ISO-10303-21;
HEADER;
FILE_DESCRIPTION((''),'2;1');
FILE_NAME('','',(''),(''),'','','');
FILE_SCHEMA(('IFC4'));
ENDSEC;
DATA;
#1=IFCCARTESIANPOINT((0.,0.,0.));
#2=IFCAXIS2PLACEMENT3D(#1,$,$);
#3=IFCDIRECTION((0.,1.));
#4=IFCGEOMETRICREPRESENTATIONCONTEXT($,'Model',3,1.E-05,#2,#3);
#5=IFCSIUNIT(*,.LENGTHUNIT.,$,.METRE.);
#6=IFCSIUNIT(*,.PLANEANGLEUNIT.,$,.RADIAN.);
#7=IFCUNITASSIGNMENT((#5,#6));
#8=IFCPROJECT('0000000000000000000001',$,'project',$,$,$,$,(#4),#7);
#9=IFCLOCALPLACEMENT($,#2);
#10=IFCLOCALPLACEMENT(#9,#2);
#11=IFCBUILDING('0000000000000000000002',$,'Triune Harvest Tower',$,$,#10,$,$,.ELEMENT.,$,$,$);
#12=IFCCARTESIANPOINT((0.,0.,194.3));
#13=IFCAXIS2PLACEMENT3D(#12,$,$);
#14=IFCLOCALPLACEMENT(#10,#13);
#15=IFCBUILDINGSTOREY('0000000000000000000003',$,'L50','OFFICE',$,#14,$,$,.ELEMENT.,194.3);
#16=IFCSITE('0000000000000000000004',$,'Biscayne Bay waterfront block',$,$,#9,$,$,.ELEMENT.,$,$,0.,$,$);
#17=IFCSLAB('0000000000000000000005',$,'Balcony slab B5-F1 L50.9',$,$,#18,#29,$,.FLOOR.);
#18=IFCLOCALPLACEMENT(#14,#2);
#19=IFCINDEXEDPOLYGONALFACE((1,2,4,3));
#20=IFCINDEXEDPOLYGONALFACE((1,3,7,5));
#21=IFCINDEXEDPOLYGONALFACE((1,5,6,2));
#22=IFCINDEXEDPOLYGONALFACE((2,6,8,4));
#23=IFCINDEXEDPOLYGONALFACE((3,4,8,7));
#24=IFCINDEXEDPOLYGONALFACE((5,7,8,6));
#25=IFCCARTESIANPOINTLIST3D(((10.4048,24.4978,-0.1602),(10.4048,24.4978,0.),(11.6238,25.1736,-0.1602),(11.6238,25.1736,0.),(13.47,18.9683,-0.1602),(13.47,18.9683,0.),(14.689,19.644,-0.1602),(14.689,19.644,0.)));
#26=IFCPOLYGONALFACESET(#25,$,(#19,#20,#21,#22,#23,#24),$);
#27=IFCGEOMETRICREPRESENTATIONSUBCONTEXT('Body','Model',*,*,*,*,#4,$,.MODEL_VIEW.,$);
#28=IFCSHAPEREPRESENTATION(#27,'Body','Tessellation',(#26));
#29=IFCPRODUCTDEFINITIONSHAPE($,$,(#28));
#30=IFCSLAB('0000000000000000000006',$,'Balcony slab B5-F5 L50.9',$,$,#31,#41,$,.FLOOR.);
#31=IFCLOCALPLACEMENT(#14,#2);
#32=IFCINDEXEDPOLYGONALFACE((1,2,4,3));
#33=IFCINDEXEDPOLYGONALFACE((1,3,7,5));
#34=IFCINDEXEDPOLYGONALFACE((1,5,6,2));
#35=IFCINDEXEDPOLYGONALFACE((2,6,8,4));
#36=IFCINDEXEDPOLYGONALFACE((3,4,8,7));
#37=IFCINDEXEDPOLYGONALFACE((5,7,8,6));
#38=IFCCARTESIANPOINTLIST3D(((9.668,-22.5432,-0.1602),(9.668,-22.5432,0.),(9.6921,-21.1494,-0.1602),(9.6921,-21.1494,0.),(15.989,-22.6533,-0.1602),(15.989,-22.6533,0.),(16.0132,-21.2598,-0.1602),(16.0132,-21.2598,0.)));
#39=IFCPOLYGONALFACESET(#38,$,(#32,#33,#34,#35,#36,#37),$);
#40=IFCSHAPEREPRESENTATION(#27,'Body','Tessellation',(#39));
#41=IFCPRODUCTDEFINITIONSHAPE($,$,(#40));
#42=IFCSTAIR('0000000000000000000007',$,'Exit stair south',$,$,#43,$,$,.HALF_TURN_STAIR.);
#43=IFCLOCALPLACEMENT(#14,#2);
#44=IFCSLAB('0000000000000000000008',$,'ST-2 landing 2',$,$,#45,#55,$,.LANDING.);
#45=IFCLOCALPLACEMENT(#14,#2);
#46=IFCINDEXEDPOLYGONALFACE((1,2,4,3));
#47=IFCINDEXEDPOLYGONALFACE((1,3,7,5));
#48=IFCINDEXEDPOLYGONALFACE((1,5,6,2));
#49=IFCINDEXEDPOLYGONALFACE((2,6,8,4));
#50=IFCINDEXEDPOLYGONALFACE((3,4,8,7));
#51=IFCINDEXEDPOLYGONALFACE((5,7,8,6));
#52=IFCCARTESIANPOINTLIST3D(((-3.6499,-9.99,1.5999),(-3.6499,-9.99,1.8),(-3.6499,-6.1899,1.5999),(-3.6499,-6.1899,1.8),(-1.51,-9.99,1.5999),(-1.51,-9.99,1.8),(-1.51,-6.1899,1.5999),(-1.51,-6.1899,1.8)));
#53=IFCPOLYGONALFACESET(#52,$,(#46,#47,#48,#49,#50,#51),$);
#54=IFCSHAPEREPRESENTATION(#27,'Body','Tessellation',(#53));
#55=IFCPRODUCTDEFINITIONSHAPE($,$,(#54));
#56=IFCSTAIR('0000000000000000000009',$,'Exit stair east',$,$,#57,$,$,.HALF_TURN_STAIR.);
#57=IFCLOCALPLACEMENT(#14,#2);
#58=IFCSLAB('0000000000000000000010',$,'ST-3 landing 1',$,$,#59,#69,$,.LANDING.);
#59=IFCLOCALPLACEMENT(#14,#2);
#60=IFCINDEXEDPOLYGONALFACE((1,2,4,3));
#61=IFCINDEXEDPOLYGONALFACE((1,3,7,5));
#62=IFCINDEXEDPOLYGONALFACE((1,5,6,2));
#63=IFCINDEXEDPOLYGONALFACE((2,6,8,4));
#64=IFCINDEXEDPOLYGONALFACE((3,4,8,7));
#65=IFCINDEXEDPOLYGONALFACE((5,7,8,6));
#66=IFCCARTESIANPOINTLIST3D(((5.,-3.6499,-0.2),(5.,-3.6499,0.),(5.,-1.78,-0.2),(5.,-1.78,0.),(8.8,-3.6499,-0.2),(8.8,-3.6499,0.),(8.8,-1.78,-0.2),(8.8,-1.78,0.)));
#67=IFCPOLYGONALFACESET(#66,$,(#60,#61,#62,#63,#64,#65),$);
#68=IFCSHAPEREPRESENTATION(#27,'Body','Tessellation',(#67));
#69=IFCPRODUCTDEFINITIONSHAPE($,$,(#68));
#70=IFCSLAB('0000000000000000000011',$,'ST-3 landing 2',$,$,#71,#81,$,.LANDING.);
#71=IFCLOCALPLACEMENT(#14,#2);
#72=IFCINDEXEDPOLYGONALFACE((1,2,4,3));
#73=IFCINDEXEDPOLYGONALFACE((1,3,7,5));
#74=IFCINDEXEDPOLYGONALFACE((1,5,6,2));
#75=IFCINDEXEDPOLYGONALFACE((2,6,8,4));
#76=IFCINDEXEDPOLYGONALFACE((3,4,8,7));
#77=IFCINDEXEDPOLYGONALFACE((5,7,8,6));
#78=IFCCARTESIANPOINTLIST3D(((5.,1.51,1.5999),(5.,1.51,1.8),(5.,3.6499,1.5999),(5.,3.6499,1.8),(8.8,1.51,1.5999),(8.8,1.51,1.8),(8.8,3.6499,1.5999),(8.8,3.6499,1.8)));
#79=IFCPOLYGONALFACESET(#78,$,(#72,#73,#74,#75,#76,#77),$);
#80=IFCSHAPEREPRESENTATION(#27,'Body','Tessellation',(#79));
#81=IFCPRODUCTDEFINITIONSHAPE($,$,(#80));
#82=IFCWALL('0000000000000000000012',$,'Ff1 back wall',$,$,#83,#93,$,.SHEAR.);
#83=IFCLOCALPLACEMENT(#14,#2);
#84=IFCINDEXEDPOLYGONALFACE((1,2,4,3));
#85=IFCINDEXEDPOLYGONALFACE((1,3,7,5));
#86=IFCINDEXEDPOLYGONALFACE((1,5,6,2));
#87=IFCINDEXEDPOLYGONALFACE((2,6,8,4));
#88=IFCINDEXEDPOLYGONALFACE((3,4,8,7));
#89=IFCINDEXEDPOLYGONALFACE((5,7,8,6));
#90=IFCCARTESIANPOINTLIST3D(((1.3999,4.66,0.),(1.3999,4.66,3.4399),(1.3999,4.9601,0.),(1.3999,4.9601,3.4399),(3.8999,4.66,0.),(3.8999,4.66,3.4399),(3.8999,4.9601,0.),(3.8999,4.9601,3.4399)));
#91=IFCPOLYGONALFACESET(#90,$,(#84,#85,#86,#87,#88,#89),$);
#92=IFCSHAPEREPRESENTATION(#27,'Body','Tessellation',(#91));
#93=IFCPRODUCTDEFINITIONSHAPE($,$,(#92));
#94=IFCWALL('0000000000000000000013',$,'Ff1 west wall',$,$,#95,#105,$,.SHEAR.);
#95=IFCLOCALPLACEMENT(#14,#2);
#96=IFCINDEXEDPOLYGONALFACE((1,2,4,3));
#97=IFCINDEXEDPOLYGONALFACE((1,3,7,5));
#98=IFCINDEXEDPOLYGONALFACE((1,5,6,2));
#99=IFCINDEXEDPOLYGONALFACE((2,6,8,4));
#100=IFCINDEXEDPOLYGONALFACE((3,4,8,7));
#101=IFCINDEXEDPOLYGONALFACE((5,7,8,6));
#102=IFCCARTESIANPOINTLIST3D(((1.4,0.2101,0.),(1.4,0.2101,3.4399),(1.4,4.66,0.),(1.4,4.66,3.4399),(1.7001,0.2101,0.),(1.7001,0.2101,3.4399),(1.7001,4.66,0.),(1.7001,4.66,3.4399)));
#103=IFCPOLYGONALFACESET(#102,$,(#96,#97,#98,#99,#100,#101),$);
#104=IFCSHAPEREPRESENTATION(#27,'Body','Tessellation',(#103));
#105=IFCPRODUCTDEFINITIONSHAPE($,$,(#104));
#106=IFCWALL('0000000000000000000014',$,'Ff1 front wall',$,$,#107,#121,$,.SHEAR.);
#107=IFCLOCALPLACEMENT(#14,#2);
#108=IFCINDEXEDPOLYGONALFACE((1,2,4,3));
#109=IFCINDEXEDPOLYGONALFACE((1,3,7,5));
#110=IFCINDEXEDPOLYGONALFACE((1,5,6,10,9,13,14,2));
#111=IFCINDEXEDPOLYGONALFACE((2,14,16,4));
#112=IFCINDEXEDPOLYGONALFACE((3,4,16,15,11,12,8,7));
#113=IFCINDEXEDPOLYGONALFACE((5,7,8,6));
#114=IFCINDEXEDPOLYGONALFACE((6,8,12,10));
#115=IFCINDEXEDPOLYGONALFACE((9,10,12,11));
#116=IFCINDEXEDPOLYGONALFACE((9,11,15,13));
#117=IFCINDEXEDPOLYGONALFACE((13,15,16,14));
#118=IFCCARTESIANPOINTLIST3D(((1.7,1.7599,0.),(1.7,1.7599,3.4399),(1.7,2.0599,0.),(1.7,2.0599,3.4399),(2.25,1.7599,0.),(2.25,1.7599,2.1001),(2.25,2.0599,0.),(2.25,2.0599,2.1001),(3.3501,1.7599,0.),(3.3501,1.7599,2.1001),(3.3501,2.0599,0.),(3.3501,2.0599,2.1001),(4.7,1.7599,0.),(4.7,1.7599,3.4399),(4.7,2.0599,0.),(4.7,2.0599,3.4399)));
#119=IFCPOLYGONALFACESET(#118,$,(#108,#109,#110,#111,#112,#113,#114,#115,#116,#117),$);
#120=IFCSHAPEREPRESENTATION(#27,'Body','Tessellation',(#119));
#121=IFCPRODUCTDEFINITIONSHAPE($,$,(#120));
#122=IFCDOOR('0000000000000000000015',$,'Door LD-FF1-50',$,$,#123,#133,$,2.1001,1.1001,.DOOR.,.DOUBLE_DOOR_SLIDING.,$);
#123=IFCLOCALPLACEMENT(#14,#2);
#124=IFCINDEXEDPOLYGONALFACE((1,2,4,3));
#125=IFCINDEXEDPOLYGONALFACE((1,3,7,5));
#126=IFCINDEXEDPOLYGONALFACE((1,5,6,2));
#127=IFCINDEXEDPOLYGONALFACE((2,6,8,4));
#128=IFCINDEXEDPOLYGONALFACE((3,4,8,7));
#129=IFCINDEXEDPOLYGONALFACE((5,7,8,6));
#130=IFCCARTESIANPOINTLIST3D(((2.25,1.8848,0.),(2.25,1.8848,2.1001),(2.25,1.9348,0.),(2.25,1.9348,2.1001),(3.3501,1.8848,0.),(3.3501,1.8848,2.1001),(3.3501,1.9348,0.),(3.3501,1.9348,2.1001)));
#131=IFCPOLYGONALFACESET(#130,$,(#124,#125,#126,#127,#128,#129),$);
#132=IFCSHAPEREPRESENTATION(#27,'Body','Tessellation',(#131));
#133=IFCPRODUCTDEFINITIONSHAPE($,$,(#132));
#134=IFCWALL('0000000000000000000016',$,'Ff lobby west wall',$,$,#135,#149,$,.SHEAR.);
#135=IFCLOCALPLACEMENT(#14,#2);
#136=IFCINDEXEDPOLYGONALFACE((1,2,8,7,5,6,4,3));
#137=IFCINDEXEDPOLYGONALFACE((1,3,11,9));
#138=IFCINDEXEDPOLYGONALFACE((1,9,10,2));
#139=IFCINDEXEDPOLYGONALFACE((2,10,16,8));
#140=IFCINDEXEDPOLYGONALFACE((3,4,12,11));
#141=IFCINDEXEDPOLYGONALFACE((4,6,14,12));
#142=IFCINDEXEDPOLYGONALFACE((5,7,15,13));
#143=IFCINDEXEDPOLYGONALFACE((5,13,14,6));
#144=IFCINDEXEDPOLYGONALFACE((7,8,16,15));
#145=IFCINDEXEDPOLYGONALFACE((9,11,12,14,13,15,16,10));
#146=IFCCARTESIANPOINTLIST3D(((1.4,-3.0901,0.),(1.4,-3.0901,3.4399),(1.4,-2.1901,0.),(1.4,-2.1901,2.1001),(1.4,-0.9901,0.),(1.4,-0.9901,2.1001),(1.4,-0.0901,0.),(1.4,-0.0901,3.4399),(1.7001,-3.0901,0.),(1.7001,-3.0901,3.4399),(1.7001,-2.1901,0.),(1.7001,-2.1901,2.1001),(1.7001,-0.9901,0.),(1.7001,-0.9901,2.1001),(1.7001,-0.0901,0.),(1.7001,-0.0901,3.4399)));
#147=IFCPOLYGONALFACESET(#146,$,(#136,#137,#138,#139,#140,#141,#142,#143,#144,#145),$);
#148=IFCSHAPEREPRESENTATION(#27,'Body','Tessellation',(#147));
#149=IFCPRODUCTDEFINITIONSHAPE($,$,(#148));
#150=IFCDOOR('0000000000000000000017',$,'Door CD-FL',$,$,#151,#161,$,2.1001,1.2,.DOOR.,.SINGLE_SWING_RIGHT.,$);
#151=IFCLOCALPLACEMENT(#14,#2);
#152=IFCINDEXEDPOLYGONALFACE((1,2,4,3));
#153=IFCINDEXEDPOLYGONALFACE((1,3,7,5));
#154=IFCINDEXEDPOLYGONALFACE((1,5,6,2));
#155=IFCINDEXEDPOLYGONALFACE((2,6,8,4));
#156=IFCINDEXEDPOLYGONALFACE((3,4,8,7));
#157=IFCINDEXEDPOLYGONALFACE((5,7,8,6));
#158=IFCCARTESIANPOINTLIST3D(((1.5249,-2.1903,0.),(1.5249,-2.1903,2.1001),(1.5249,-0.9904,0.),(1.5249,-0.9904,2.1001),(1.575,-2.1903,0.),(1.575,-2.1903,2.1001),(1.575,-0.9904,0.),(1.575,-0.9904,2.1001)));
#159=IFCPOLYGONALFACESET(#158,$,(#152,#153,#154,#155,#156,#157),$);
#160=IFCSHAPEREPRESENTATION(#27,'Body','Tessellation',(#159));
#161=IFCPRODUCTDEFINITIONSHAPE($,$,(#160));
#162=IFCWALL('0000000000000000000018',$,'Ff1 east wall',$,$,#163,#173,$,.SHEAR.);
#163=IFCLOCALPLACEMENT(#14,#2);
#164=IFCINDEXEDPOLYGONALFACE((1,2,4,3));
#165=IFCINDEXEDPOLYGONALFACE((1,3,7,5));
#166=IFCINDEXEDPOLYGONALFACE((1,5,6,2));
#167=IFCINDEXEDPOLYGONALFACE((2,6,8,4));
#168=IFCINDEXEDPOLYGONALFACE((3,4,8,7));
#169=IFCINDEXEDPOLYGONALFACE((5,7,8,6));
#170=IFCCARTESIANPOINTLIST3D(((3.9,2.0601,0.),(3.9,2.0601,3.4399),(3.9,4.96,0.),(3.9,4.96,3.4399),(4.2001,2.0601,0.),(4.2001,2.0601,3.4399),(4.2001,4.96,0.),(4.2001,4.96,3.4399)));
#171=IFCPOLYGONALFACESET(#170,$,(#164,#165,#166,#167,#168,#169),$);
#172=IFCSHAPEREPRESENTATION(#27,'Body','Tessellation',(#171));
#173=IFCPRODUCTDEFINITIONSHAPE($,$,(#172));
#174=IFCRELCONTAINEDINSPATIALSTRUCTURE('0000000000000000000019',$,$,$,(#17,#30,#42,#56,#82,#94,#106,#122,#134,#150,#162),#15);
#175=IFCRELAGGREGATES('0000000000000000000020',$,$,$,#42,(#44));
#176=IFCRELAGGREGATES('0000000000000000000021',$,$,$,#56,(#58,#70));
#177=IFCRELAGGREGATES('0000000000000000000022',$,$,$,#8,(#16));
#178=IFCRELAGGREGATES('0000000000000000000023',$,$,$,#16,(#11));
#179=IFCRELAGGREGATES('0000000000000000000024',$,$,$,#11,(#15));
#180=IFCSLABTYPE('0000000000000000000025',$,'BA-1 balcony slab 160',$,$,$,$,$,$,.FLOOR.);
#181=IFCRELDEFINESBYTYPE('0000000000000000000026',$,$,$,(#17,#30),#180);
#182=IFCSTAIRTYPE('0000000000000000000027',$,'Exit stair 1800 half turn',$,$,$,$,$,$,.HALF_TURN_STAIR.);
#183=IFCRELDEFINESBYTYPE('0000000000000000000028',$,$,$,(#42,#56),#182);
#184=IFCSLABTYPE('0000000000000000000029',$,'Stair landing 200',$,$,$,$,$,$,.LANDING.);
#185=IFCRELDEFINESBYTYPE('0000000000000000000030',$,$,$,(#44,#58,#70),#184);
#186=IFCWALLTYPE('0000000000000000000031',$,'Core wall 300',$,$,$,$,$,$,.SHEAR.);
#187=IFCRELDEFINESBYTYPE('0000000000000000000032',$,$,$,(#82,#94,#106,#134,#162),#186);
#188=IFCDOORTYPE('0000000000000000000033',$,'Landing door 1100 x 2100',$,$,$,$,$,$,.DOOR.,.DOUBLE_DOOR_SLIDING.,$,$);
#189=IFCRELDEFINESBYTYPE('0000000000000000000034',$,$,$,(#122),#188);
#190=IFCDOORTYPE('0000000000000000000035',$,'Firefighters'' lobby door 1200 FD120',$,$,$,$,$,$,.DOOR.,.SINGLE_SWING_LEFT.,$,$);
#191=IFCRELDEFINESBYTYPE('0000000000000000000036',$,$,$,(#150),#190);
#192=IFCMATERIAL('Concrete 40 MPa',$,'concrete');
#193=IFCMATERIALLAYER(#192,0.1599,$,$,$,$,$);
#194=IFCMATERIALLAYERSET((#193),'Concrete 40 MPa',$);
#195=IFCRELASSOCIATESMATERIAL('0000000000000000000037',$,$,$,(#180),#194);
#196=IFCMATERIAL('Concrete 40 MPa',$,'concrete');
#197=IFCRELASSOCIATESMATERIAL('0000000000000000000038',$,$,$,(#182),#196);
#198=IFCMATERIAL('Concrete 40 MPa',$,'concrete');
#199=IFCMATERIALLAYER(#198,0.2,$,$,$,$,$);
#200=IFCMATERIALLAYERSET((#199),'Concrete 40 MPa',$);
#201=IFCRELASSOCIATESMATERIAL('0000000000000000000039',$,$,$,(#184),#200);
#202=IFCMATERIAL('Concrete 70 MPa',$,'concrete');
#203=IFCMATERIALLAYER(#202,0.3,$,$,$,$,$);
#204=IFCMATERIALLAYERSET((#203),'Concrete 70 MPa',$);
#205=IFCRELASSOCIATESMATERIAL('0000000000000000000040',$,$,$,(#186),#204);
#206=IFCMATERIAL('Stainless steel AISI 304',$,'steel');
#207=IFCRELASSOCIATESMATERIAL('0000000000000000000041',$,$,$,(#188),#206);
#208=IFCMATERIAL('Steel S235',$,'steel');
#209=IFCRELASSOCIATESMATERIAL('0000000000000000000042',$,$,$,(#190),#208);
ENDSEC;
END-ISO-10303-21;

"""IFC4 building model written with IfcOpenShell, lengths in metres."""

from ifc_helpers import new_model, si_unit, direction, frame, frame_2d, origin, place, context, subcontext, project, spatial, polyline, rectangle, outline, extrude, source, transform, mapped, material, layer, layer_set, type_object, element, fill, aggregate, save


model = new_model("IFC4")

# Units and contexts
model_context = context("Model", 3, precision=1e-05, world=origin(), true_north=direction((0.0, 1.0)))
body_context = subcontext(model_context, "Body", "Model", "MODEL_VIEW")
ifc_project = project(units=[si_unit("LENGTHUNIT", "METRE"), si_unit("PLANEANGLEUNIT", "RADIAN")], contexts=[model_context])

# Site, building, storey
site_placement = place(None, origin())
site = spatial("IfcSite", under=ifc_project, at=site_placement, Name="Biscayne Bay waterfront block", CompositionType="ELEMENT", RefElevation=0.0)
building_placement = place(site_placement, origin())
building = spatial("IfcBuilding", under=site, at=building_placement, Name="Triune Harvest Tower", CompositionType="ELEMENT")
storey_placement = place(building_placement, frame((0.0, 0.0, 194.3)))
storey = spatial("IfcBuildingStorey", under=building, at=storey_placement, Name="L50", Description="OFFICE", CompositionType="ELEMENT", Elevation=194.3)

# Slabs
ifc_material_1 = material(Name="Concrete 40 MPa", Category="concrete")
ifc_layer_1 = layer(ifc_material_1, 0.1599)
ifc_layer_set_1 = layer_set([ifc_layer_1], Name="Concrete 40 MPa")
slab_type_1 = type_object("IfcSlabType", Name="BA-1 balcony slab 160", PredefinedType="FLOOR", material=ifc_layer_set_1)
slab_1_placement = place(storey_placement, frame((0.0, 0.0, -0.1602)))
element("IfcSlab", 1, at=slab_1_placement, inside=storey, type_object=slab_type_1, Name="Balcony slab B5-F1 L50.9", PredefinedType="FLOOR", context=body_context, shape_type="SweptSolid", body=[
    extrude(outline(polyline([(13.47, 18.9683), (10.4048, 24.4978), (11.6238, 25.1736), (14.689, 19.644), (13.47, 18.9683)])), origin(), (0.0, 0.0, 1.0), 0.1602),
])
slab_2_placement = place(storey_placement, frame((0.0, 0.0, -0.1602)))
element("IfcSlab", 2, at=slab_2_placement, inside=storey, type_object=slab_type_1, Name="Balcony slab B5-F5 L50.9", PredefinedType="FLOOR", context=body_context, shape_type="SweptSolid", body=[
    extrude(outline(polyline([(9.6921, -21.1494), (16.0132, -21.2598), (15.989, -22.6533), (9.668, -22.5432), (9.6921, -21.1494)])), origin(), (0.0, 0.0, 1.0), 0.1602),
])

# Stair, slab
ifc_material_2 = material(Name="Concrete 40 MPa", Category="concrete")
stair_type = type_object("IfcStairType", Name="Exit stair 1800 half turn", PredefinedType="HALF_TURN_STAIR", material=ifc_material_2)
stair_1_placement = place(storey_placement, origin())
stair_1 = element("IfcStair", 3, at=stair_1_placement, inside=storey, type_object=stair_type, Name="Exit stair south", PredefinedType="HALF_TURN_STAIR")
ifc_material_3 = material(Name="Concrete 40 MPa", Category="concrete")
ifc_layer_2 = layer(ifc_material_3, 0.2)
ifc_layer_set_2 = layer_set([ifc_layer_2], Name="Concrete 40 MPa")
slab_type_2 = type_object("IfcSlabType", Name="Stair landing 200", PredefinedType="LANDING", material=ifc_layer_set_2)
shared_shape_1 = source(origin(), body_context, "Body", "SweptSolid", [
    extrude(outline(polyline([(-1.51, -6.1899), (-3.6499, -6.1899), (-3.6499, -9.99), (-1.51, -9.99), (-1.51, -6.1899)])), origin(), (0.0, 0.0, 1.0), 0.2002),
])
slab_3_placement = place(storey_placement, frame((0.0, 0.0, 1.5999)))
slab_3 = element("IfcSlab", 4, at=slab_3_placement, type_object=slab_type_2, Name="ST-2 landing 2", PredefinedType="LANDING", context=body_context, shape_type="MappedRepresentation", body=[
    mapped(shared_shape_1, transform((0.0, 0.0, 0.0), scale=1.0)),
])
aggregate(stair_1, [slab_3])

# Stair, slabs
stair_2_placement = place(storey_placement, origin())
stair_2 = element("IfcStair", 5, at=stair_2_placement, inside=storey, type_object=stair_type, Name="Exit stair east", PredefinedType="HALF_TURN_STAIR")
shared_shape_2 = source(origin(), body_context, "Body", "SweptSolid", [
    extrude(outline(polyline([(8.8, -3.6499), (8.8, -1.78), (5.0, -1.78), (5.0, -3.6499), (8.8, -3.6499)])), origin(), (0.0, 0.0, 1.0), 0.2),
])
slab_4_placement = place(storey_placement, frame((0.0, 0.0, -0.2)))
slab_4 = element("IfcSlab", 6, at=slab_4_placement, type_object=slab_type_2, Name="ST-3 landing 1", PredefinedType="LANDING", context=body_context, shape_type="MappedRepresentation", body=[
    mapped(shared_shape_2, transform((0.0, 0.0, 0.0), scale=1.0)),
])
shared_shape_3 = source(origin(), body_context, "Body", "SweptSolid", [
    extrude(outline(polyline([(8.8, 1.51), (8.8, 3.6499), (5.0, 3.6499), (5.0, 1.51), (8.8, 1.51)])), origin(), (0.0, 0.0, 1.0), 0.2002),
])
slab_5_placement = place(storey_placement, frame((0.0, 0.0, 1.5999)))
slab_5 = element("IfcSlab", 7, at=slab_5_placement, type_object=slab_type_2, Name="ST-3 landing 2", PredefinedType="LANDING", context=body_context, shape_type="MappedRepresentation", body=[
    mapped(shared_shape_3, transform((0.0, 0.0, 0.0), scale=1.0)),
])

# Walls
ifc_material_4 = material(Name="Concrete 70 MPa", Category="concrete")
ifc_layer_3 = layer(ifc_material_4, 0.3)
ifc_layer_set_3 = layer_set([ifc_layer_3], Name="Concrete 70 MPa")
wall_type_1 = type_object("IfcWallType", Name="Core wall 300", PredefinedType="SHEAR", material=ifc_layer_set_3)
shared_shape_4 = source(origin(), body_context, "Body", "SweptSolid", [
    extrude(rectangle(XDim=2.5, YDim=0.3, at=frame_2d((1.25, 0.0))), origin(), (0.0, 0.0, 1.0), 3.4399),
])
wall_1_placement = place(storey_placement, frame((1.3999, 4.8101, 0.0), z_axis=(0.0, 0.0, 1.0), x_axis=(1.0, 0.0, 0.0)))
element("IfcWall", 8, at=wall_1_placement, inside=storey, type_object=wall_type_1, Name="Ff1 back wall", PredefinedType="SHEAR", context=body_context, shape_type="MappedRepresentation", body=[
    mapped(shared_shape_4, transform((0.0, 0.0, 0.0), scale=1.0)),
])
shared_shape_5 = source(origin(), body_context, "Body", "SweptSolid", [
    extrude(rectangle(XDim=4.45, YDim=0.3, at=frame_2d((2.2251, 0.0))), origin(), (0.0, 0.0, 1.0), 3.4399),
])
wall_2_placement = place(storey_placement, frame((1.55, 0.21, 0.0), z_axis=(0.0, 0.0, 1.0), x_axis=(0.0, 1.0, 0.0)))
element("IfcWall", 9, at=wall_2_placement, inside=storey, type_object=wall_type_1, Name="Ff1 west wall", PredefinedType="SHEAR", context=body_context, shape_type="MappedRepresentation", body=[
    mapped(shared_shape_5, transform((0.0, 0.0, 0.0), scale=1.0)),
])

# Walls, openings, doors
shared_shape_6 = source(origin(), body_context, "Body", "SweptSolid", [
    extrude(rectangle(XDim=3.0, YDim=0.3, at=frame_2d((1.5, 0.0))), origin(), (0.0, 0.0, 1.0), 3.4399),
])
wall_3_placement = place(storey_placement, frame((1.7, 1.9099, 0.0), z_axis=(0.0, 0.0, 1.0), x_axis=(1.0, 0.0, 0.0)))
wall_3 = element("IfcWall", 10, at=wall_3_placement, inside=storey, type_object=wall_type_1, Name="Ff1 front wall", PredefinedType="SHEAR", context=body_context, shape_type="MappedRepresentation", body=[
    mapped(shared_shape_6, transform((0.0, 0.0, 0.0), scale=1.0)),
])
opening_1_placement = place(wall_3_placement, frame((0.55, 0.0, 0.0)))
opening_1 = element("IfcOpeningElement", 11, at=opening_1_placement, cuts=wall_3, PredefinedType="OPENING", context=body_context, shape_type="SweptSolid", body=[
    extrude(rectangle(XDim=1.1001, YDim=2.1001, at=frame_2d((0.55, 1.05))), frame((0.0, 0.1602, 0.0), z_axis=(0.0, -1.0, 0.0), x_axis=(1.0, 0.0, 0.0)), (0.0, 0.0, 1.0), 0.3201),
])
ifc_material_5 = material(Name="Stainless steel AISI 304", Category="steel")
door_type_1 = type_object("IfcDoorType", Name="Landing door 1100 x 2100", OperationType="DOUBLE_DOOR_SLIDING", PredefinedType="DOOR", material=ifc_material_5)
door_1_placement = place(opening_1_placement, origin())
door_1 = element("IfcDoor", 12, at=door_1_placement, inside=storey, type_object=door_type_1, Name="Door LD-FF1-50", OperationType="DOUBLE_DOOR_SLIDING", OverallHeight=2.1001, OverallWidth=1.1001, PredefinedType="DOOR", context=body_context, shape_type="SweptSolid", body=[
    extrude(rectangle(XDim=1.1001, YDim=2.1001, at=frame_2d((0.55, 1.05))), frame((0.0, 0.0249, 0.0), z_axis=(0.0, -1.0, 0.0), x_axis=(1.0, 0.0, 0.0)), (0.0, 0.0, 1.0), 0.05),
])
fill(opening_1, door_1)
wall_4_placement = place(storey_placement, frame((1.55, -3.0901, 0.0), z_axis=(0.0, 0.0, 1.0), x_axis=(0.0, 1.0, 0.0)))
wall_4 = element("IfcWall", 13, at=wall_4_placement, inside=storey, type_object=wall_type_1, Name="Ff lobby west wall", PredefinedType="SHEAR", context=body_context, shape_type="MappedRepresentation", body=[
    mapped(shared_shape_6, transform((0.0, 0.0, 0.0), scale=1.0)),
])
opening_2_placement = place(wall_4_placement, frame((0.8999, 0.0, 0.0)))
opening_2 = element("IfcOpeningElement", 14, at=opening_2_placement, cuts=wall_4, PredefinedType="OPENING", context=body_context, shape_type="SweptSolid", body=[
    extrude(rectangle(XDim=1.2, YDim=2.1001, at=frame_2d((0.6001, 1.05))), frame((0.0, 0.1602, 0.0), z_axis=(0.0, -1.0, 0.0), x_axis=(1.0, 0.0, 0.0)), (0.0, 0.0, 1.0), 0.3201),
])
ifc_material_6 = material(Name="Steel S235", Category="steel")
door_type_2 = type_object("IfcDoorType", Name="Firefighters' lobby door 1200 FD120", OperationType="SINGLE_SWING_LEFT", PredefinedType="DOOR", material=ifc_material_6)
door_2_placement = place(opening_2_placement, frame((1.2, 0.0, 0.0), z_axis=(0.0, 0.0, 1.0), x_axis=(-1.0, 0.0, 0.0)))
door_2 = element("IfcDoor", 15, at=door_2_placement, inside=storey, type_object=door_type_2, Name="Door CD-FL", OperationType="SINGLE_SWING_RIGHT", OverallHeight=2.1001, OverallWidth=1.2, PredefinedType="DOOR", context=body_context, shape_type="SweptSolid", body=[
    extrude(rectangle(XDim=1.2, YDim=2.1001, at=frame_2d((0.6001, 1.05))), frame((0.0, 0.0249, 0.0), z_axis=(0.0, -1.0, 0.0), x_axis=(1.0, 0.0, 0.0)), (0.0, 0.0, 1.0), 0.05),
])
fill(opening_2, door_2)

# Wall
shared_shape_7 = source(origin(), body_context, "Body", "SweptSolid", [
    extrude(rectangle(XDim=2.8999, YDim=0.3, at=frame_2d((1.45, 0.0))), origin(), (0.0, 0.0, 1.0), 3.4399),
])
wall_5_placement = place(storey_placement, frame((4.05, 2.0601, 0.0), z_axis=(0.0, 0.0, 1.0), x_axis=(0.0, 1.0, 0.0)))
element("IfcWall", 16, at=wall_5_placement, inside=storey, type_object=wall_type_1, Name="Ff1 east wall", PredefinedType="SHEAR", context=body_context, shape_type="MappedRepresentation", body=[
    mapped(shared_shape_7, transform((0.0, 0.0, 0.0), scale=1.0)),
])

aggregate(stair_2, [slab_4, slab_5])

save(model, "model.ifc")
